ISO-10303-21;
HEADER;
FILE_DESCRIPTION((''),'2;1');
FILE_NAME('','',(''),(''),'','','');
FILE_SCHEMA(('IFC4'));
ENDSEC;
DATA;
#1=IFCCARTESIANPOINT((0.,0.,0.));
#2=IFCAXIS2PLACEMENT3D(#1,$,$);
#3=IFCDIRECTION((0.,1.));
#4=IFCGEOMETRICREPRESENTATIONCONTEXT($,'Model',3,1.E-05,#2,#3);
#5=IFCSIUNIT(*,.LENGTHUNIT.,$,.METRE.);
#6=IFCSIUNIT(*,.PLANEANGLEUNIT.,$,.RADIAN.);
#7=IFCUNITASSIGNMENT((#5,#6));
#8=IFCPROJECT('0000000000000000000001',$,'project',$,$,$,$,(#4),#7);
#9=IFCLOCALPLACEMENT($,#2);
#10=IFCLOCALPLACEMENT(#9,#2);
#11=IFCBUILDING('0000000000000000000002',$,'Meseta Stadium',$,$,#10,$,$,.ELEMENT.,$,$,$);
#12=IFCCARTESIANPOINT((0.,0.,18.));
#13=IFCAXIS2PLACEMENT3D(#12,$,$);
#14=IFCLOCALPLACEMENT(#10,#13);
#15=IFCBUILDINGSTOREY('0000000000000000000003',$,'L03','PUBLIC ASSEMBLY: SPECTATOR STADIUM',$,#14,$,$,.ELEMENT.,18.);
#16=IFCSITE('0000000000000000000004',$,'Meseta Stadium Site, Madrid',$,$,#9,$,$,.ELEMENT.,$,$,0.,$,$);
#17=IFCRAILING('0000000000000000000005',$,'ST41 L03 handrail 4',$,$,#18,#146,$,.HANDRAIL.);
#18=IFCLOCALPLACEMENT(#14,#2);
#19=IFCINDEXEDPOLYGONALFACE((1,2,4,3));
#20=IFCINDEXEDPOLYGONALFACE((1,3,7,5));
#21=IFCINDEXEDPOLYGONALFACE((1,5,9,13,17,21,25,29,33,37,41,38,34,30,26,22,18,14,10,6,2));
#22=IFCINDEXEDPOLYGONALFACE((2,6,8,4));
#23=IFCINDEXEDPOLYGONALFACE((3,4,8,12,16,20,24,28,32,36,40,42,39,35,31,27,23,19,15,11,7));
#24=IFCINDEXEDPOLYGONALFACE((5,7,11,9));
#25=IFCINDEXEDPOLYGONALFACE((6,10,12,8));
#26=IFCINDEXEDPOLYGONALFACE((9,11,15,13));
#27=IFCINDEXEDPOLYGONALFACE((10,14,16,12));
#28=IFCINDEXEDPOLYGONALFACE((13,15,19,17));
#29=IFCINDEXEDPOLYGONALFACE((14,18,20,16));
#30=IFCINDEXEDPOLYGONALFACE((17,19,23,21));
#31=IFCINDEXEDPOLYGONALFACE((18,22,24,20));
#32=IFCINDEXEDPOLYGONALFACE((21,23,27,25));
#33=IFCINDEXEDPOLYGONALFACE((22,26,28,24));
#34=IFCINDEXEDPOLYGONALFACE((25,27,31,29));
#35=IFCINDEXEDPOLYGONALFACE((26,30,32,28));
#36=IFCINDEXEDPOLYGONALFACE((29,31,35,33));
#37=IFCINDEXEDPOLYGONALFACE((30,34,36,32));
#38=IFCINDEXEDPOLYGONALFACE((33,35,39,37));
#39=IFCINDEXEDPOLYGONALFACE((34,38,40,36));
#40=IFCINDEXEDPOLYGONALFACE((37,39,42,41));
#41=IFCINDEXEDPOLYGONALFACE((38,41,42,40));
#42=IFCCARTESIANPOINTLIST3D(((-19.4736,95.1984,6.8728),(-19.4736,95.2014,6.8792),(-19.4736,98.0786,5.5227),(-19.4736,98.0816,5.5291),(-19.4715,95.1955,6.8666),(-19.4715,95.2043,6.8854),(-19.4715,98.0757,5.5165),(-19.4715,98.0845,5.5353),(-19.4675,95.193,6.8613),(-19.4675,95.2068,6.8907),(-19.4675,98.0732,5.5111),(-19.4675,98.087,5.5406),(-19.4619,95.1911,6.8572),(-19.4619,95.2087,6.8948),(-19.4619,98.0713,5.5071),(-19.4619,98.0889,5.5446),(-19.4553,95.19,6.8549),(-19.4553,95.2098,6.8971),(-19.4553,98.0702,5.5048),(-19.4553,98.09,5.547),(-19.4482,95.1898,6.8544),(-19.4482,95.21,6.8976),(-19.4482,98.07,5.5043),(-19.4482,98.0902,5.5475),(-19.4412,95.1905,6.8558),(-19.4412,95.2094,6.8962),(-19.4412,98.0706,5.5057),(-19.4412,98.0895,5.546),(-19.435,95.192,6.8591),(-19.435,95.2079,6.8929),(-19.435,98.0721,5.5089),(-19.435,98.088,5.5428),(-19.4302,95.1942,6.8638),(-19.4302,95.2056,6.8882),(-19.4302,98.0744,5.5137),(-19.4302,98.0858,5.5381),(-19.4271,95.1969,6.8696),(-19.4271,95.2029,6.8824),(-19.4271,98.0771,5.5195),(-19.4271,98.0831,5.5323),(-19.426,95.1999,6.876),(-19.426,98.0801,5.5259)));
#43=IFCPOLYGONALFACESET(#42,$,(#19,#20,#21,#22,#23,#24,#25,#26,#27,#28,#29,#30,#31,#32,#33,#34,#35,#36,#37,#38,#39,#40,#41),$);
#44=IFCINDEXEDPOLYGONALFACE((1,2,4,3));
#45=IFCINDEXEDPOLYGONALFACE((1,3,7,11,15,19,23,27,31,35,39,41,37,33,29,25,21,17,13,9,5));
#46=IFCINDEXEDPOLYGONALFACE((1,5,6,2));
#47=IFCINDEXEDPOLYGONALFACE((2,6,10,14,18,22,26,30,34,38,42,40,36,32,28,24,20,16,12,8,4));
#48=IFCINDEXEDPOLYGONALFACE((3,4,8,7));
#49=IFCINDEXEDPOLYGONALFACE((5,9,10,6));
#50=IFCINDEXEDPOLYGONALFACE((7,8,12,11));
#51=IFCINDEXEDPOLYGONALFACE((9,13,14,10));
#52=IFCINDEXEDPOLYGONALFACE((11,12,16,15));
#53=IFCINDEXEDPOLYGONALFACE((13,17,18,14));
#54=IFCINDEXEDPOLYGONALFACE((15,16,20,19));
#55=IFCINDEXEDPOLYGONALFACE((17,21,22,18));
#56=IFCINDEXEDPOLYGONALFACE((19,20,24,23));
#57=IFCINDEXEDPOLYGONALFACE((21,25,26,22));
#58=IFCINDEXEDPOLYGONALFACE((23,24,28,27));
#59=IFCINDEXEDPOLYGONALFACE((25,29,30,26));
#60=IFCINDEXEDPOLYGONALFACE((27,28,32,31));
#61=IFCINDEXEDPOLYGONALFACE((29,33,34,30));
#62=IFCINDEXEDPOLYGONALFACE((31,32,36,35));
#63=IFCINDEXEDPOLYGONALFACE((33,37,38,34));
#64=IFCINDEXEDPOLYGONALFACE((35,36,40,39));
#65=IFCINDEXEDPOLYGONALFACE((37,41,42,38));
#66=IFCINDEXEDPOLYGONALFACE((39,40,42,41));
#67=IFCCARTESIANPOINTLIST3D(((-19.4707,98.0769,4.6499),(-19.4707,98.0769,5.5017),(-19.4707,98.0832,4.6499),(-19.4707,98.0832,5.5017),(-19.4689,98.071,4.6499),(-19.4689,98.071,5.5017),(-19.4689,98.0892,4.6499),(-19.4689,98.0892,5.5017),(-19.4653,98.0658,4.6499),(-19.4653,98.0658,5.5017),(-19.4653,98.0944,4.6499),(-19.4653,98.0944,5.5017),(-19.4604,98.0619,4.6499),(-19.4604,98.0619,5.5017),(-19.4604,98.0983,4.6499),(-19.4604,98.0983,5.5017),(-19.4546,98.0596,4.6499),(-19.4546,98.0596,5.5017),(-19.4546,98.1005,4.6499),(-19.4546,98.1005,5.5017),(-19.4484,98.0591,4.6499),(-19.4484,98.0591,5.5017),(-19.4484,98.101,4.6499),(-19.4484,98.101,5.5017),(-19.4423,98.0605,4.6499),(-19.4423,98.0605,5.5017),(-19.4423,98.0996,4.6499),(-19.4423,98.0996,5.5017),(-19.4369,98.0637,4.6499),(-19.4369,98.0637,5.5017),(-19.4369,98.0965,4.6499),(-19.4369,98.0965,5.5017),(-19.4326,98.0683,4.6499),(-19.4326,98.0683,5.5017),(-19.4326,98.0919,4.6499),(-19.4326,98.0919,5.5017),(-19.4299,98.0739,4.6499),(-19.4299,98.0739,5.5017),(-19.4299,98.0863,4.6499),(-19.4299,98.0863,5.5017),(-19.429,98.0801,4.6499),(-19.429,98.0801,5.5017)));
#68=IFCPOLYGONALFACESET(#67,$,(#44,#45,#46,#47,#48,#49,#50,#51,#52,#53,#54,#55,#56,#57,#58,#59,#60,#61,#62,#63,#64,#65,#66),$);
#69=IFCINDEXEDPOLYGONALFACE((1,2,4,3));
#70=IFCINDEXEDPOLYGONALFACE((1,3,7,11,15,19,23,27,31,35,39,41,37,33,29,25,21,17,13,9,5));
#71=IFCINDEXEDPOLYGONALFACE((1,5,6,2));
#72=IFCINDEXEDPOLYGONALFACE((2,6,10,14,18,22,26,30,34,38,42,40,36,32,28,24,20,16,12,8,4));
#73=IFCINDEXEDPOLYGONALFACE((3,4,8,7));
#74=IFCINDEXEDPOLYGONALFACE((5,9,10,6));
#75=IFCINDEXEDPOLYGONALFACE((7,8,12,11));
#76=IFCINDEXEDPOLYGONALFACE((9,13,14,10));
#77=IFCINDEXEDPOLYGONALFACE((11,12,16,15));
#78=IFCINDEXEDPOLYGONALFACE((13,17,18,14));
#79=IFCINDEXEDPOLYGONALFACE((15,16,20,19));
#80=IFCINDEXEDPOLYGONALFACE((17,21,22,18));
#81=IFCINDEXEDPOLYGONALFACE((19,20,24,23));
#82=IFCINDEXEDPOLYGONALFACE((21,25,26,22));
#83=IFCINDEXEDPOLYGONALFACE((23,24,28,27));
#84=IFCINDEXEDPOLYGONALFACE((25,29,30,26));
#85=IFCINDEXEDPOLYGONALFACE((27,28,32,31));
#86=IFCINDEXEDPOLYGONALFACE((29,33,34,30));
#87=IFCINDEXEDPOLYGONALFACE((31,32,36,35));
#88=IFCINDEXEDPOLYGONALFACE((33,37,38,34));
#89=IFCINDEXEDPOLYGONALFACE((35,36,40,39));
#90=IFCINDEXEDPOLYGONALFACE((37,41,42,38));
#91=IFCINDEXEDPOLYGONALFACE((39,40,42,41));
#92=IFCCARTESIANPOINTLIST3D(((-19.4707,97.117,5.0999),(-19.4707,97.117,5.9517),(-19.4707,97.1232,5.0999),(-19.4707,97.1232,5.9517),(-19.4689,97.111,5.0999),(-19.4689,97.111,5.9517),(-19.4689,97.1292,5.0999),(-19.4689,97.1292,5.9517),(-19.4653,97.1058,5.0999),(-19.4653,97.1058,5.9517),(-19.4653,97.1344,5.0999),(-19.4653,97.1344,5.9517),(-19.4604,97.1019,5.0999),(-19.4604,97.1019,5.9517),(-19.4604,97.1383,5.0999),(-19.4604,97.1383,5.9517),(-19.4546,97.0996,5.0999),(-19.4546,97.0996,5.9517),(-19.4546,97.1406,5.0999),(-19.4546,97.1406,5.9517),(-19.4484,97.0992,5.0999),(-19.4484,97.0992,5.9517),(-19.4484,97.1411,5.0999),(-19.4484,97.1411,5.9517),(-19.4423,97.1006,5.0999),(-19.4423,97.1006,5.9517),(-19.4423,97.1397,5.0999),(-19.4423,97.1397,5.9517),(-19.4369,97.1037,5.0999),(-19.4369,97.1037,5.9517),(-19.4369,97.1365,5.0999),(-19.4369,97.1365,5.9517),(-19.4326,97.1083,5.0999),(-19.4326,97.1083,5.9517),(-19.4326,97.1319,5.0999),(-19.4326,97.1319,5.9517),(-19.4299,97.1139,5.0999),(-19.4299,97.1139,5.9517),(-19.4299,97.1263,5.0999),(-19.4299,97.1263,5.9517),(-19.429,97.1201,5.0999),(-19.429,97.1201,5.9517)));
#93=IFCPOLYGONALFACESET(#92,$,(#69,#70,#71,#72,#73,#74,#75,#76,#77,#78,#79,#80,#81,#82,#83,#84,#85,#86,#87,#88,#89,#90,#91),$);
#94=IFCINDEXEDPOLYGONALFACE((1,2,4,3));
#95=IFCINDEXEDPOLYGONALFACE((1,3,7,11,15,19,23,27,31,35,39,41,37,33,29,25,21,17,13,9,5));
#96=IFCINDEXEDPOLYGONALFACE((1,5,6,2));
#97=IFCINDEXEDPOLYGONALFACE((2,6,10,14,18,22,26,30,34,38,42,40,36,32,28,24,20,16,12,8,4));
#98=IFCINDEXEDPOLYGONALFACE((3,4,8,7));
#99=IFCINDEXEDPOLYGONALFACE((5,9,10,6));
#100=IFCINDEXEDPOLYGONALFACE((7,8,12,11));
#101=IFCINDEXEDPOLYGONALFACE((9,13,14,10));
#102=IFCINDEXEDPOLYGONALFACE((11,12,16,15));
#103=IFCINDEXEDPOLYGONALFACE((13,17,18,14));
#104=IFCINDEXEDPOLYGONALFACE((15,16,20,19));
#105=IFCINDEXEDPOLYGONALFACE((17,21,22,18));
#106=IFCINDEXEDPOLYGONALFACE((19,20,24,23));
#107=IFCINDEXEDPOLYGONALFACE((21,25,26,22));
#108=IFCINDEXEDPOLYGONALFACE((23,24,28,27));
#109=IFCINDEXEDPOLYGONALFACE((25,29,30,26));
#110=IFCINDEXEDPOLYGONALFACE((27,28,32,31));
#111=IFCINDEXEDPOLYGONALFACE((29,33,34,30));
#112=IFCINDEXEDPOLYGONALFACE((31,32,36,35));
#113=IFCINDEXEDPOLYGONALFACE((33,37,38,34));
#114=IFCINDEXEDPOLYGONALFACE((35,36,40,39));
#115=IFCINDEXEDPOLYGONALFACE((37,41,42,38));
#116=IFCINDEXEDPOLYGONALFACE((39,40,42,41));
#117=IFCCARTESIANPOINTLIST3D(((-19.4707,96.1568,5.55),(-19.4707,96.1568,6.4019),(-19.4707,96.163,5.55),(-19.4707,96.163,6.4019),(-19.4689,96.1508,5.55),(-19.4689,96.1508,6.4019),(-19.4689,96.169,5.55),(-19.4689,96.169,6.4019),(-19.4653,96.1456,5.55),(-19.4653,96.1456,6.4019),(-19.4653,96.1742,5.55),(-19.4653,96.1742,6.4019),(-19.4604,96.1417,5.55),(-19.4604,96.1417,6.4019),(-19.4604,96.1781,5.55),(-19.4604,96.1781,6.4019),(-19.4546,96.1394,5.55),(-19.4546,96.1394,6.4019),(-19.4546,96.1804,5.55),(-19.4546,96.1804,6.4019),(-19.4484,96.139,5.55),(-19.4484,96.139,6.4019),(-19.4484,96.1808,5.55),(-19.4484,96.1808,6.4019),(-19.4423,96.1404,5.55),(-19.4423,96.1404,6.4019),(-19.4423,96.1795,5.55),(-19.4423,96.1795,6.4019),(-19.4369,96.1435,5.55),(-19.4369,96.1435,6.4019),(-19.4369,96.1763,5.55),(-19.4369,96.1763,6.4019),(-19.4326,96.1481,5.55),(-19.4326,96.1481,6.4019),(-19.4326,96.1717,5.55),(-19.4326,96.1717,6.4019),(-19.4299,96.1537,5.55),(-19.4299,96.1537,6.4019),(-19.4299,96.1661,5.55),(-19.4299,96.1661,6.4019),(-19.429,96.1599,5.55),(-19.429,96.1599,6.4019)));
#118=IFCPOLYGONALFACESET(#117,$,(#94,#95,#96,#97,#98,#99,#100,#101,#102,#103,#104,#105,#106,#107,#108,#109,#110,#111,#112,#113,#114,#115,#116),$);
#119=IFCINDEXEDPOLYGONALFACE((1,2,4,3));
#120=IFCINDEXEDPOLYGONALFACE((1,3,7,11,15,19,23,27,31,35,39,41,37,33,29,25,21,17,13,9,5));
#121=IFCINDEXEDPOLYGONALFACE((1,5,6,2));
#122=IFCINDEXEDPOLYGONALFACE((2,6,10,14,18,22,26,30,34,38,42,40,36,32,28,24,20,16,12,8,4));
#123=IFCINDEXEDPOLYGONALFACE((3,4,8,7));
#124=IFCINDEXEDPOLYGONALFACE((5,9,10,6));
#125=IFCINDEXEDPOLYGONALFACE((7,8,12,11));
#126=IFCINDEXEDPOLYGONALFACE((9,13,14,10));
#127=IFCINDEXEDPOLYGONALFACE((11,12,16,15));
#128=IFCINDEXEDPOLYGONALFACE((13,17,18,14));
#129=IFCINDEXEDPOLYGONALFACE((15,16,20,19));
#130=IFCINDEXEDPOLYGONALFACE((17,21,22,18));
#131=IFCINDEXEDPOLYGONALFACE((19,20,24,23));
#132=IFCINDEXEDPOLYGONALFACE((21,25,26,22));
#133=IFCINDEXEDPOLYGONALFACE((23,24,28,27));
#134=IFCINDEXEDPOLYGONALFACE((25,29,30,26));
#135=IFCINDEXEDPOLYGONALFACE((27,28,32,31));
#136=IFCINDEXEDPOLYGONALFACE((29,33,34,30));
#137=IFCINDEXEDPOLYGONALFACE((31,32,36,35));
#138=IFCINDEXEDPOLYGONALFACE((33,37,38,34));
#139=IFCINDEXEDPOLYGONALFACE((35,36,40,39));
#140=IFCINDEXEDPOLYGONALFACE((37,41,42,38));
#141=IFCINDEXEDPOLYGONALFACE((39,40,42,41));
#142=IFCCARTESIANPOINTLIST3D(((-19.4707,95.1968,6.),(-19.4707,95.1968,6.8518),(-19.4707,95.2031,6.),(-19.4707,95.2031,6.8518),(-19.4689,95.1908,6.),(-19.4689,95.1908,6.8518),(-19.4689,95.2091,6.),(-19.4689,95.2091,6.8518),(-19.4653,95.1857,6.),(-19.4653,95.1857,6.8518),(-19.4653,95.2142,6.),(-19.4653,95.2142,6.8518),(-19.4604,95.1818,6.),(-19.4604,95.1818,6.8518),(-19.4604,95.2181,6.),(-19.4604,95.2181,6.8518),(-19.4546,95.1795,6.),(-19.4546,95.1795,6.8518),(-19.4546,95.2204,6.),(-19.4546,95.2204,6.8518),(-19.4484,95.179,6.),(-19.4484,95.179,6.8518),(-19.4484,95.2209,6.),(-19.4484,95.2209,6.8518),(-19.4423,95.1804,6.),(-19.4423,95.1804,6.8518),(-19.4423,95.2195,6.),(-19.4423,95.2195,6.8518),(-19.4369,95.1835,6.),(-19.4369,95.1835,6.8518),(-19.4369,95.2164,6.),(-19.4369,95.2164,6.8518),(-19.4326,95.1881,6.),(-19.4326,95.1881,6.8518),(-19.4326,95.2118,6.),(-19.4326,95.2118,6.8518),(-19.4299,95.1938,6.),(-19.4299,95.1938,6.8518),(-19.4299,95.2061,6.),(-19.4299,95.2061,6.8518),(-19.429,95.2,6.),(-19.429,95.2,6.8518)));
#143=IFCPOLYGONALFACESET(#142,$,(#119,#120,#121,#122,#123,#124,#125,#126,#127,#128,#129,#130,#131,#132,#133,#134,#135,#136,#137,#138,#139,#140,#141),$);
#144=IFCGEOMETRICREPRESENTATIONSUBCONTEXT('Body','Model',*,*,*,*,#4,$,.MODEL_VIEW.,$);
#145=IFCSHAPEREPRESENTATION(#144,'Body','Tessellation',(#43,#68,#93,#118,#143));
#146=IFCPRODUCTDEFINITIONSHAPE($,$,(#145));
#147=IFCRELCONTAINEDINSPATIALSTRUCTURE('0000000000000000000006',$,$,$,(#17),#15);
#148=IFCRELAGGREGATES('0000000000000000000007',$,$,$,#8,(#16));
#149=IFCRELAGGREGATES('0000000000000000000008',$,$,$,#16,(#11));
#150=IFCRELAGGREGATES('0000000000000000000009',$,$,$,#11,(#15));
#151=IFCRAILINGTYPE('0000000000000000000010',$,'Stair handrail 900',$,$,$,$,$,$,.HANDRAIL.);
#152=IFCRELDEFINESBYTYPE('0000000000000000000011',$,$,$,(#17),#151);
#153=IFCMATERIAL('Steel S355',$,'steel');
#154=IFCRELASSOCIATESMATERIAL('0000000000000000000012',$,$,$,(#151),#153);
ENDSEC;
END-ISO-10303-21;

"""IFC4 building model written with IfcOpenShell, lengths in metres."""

from ifc_helpers import new_model, si_unit, direction, frame, origin, origin_2d, place, context, subcontext, project, spatial, circle, extrude, material, type_object, element, save


model = new_model("IFC4")

# Units and contexts
model_context = context("Model", 3, precision=1e-05, world=origin(), true_north=direction((0.0, 1.0)))
body_context = subcontext(model_context, "Body", "Model", "MODEL_VIEW")
ifc_project = project(units=[si_unit("LENGTHUNIT", "METRE"), si_unit("PLANEANGLEUNIT", "RADIAN")], contexts=[model_context])

# Site, building, storey
site_placement = place(None, origin())
site = spatial("IfcSite", under=ifc_project, at=site_placement, Name="Meseta Stadium Site, Madrid", CompositionType="ELEMENT", RefElevation=0.0)
building_placement = place(site_placement, origin())
building = spatial("IfcBuilding", under=site, at=building_placement, Name="Meseta Stadium", CompositionType="ELEMENT")
storey_placement = place(building_placement, frame((0.0, 0.0, 18.0)))
storey = spatial("IfcBuildingStorey", under=building, at=storey_placement, Name="L03", Description="PUBLIC ASSEMBLY: SPECTATOR STADIUM", CompositionType="ELEMENT", Elevation=18.0)

# Railing
ifc_material_1 = material(Name="Steel S355", Category="steel")
railing_type_1 = type_object("IfcRailingType", Name="Stair handrail 900", PredefinedType="HANDRAIL", material=ifc_material_1)
for number, where, name in (
    (1, (-19.45, 98.0801, 4.6499), "ST41 L03 handrail 4"),
):
    element("IfcRailing", number, at=place(storey_placement, frame(where)), inside=storey, type_object=railing_type_1, Name=name, PredefinedType="HANDRAIL", context=body_context, shape_type="SweptSolid", body=[
        extrude(circle(Radius=0.0239, at=origin_2d()), frame((0.0, 0.0, 0.876), z_axis=(0.0, -0.905454, 0.424444), x_axis=(1.0, 0.0, 0.0)), (0.0, 0.0, 1.0), 3.1809),
        extrude(circle(Radius=0.021, at=origin_2d()), origin(), (0.0, 0.0, 1.0), 0.8518),
        extrude(circle(Radius=0.021, at=origin_2d()), frame((0.0, -0.96, 0.45)), (0.0, 0.0, 1.0), 0.8518),
        extrude(circle(Radius=0.021, at=origin_2d()), frame((0.0, -1.9202, 0.9001)), (0.0, 0.0, 1.0), 0.8518),
        extrude(circle(Radius=0.021, at=origin_2d()), frame((0.0, -2.8801, 1.3501)), (0.0, 0.0, 1.0), 0.8518),
    ])

save(model, "model.ifc")
